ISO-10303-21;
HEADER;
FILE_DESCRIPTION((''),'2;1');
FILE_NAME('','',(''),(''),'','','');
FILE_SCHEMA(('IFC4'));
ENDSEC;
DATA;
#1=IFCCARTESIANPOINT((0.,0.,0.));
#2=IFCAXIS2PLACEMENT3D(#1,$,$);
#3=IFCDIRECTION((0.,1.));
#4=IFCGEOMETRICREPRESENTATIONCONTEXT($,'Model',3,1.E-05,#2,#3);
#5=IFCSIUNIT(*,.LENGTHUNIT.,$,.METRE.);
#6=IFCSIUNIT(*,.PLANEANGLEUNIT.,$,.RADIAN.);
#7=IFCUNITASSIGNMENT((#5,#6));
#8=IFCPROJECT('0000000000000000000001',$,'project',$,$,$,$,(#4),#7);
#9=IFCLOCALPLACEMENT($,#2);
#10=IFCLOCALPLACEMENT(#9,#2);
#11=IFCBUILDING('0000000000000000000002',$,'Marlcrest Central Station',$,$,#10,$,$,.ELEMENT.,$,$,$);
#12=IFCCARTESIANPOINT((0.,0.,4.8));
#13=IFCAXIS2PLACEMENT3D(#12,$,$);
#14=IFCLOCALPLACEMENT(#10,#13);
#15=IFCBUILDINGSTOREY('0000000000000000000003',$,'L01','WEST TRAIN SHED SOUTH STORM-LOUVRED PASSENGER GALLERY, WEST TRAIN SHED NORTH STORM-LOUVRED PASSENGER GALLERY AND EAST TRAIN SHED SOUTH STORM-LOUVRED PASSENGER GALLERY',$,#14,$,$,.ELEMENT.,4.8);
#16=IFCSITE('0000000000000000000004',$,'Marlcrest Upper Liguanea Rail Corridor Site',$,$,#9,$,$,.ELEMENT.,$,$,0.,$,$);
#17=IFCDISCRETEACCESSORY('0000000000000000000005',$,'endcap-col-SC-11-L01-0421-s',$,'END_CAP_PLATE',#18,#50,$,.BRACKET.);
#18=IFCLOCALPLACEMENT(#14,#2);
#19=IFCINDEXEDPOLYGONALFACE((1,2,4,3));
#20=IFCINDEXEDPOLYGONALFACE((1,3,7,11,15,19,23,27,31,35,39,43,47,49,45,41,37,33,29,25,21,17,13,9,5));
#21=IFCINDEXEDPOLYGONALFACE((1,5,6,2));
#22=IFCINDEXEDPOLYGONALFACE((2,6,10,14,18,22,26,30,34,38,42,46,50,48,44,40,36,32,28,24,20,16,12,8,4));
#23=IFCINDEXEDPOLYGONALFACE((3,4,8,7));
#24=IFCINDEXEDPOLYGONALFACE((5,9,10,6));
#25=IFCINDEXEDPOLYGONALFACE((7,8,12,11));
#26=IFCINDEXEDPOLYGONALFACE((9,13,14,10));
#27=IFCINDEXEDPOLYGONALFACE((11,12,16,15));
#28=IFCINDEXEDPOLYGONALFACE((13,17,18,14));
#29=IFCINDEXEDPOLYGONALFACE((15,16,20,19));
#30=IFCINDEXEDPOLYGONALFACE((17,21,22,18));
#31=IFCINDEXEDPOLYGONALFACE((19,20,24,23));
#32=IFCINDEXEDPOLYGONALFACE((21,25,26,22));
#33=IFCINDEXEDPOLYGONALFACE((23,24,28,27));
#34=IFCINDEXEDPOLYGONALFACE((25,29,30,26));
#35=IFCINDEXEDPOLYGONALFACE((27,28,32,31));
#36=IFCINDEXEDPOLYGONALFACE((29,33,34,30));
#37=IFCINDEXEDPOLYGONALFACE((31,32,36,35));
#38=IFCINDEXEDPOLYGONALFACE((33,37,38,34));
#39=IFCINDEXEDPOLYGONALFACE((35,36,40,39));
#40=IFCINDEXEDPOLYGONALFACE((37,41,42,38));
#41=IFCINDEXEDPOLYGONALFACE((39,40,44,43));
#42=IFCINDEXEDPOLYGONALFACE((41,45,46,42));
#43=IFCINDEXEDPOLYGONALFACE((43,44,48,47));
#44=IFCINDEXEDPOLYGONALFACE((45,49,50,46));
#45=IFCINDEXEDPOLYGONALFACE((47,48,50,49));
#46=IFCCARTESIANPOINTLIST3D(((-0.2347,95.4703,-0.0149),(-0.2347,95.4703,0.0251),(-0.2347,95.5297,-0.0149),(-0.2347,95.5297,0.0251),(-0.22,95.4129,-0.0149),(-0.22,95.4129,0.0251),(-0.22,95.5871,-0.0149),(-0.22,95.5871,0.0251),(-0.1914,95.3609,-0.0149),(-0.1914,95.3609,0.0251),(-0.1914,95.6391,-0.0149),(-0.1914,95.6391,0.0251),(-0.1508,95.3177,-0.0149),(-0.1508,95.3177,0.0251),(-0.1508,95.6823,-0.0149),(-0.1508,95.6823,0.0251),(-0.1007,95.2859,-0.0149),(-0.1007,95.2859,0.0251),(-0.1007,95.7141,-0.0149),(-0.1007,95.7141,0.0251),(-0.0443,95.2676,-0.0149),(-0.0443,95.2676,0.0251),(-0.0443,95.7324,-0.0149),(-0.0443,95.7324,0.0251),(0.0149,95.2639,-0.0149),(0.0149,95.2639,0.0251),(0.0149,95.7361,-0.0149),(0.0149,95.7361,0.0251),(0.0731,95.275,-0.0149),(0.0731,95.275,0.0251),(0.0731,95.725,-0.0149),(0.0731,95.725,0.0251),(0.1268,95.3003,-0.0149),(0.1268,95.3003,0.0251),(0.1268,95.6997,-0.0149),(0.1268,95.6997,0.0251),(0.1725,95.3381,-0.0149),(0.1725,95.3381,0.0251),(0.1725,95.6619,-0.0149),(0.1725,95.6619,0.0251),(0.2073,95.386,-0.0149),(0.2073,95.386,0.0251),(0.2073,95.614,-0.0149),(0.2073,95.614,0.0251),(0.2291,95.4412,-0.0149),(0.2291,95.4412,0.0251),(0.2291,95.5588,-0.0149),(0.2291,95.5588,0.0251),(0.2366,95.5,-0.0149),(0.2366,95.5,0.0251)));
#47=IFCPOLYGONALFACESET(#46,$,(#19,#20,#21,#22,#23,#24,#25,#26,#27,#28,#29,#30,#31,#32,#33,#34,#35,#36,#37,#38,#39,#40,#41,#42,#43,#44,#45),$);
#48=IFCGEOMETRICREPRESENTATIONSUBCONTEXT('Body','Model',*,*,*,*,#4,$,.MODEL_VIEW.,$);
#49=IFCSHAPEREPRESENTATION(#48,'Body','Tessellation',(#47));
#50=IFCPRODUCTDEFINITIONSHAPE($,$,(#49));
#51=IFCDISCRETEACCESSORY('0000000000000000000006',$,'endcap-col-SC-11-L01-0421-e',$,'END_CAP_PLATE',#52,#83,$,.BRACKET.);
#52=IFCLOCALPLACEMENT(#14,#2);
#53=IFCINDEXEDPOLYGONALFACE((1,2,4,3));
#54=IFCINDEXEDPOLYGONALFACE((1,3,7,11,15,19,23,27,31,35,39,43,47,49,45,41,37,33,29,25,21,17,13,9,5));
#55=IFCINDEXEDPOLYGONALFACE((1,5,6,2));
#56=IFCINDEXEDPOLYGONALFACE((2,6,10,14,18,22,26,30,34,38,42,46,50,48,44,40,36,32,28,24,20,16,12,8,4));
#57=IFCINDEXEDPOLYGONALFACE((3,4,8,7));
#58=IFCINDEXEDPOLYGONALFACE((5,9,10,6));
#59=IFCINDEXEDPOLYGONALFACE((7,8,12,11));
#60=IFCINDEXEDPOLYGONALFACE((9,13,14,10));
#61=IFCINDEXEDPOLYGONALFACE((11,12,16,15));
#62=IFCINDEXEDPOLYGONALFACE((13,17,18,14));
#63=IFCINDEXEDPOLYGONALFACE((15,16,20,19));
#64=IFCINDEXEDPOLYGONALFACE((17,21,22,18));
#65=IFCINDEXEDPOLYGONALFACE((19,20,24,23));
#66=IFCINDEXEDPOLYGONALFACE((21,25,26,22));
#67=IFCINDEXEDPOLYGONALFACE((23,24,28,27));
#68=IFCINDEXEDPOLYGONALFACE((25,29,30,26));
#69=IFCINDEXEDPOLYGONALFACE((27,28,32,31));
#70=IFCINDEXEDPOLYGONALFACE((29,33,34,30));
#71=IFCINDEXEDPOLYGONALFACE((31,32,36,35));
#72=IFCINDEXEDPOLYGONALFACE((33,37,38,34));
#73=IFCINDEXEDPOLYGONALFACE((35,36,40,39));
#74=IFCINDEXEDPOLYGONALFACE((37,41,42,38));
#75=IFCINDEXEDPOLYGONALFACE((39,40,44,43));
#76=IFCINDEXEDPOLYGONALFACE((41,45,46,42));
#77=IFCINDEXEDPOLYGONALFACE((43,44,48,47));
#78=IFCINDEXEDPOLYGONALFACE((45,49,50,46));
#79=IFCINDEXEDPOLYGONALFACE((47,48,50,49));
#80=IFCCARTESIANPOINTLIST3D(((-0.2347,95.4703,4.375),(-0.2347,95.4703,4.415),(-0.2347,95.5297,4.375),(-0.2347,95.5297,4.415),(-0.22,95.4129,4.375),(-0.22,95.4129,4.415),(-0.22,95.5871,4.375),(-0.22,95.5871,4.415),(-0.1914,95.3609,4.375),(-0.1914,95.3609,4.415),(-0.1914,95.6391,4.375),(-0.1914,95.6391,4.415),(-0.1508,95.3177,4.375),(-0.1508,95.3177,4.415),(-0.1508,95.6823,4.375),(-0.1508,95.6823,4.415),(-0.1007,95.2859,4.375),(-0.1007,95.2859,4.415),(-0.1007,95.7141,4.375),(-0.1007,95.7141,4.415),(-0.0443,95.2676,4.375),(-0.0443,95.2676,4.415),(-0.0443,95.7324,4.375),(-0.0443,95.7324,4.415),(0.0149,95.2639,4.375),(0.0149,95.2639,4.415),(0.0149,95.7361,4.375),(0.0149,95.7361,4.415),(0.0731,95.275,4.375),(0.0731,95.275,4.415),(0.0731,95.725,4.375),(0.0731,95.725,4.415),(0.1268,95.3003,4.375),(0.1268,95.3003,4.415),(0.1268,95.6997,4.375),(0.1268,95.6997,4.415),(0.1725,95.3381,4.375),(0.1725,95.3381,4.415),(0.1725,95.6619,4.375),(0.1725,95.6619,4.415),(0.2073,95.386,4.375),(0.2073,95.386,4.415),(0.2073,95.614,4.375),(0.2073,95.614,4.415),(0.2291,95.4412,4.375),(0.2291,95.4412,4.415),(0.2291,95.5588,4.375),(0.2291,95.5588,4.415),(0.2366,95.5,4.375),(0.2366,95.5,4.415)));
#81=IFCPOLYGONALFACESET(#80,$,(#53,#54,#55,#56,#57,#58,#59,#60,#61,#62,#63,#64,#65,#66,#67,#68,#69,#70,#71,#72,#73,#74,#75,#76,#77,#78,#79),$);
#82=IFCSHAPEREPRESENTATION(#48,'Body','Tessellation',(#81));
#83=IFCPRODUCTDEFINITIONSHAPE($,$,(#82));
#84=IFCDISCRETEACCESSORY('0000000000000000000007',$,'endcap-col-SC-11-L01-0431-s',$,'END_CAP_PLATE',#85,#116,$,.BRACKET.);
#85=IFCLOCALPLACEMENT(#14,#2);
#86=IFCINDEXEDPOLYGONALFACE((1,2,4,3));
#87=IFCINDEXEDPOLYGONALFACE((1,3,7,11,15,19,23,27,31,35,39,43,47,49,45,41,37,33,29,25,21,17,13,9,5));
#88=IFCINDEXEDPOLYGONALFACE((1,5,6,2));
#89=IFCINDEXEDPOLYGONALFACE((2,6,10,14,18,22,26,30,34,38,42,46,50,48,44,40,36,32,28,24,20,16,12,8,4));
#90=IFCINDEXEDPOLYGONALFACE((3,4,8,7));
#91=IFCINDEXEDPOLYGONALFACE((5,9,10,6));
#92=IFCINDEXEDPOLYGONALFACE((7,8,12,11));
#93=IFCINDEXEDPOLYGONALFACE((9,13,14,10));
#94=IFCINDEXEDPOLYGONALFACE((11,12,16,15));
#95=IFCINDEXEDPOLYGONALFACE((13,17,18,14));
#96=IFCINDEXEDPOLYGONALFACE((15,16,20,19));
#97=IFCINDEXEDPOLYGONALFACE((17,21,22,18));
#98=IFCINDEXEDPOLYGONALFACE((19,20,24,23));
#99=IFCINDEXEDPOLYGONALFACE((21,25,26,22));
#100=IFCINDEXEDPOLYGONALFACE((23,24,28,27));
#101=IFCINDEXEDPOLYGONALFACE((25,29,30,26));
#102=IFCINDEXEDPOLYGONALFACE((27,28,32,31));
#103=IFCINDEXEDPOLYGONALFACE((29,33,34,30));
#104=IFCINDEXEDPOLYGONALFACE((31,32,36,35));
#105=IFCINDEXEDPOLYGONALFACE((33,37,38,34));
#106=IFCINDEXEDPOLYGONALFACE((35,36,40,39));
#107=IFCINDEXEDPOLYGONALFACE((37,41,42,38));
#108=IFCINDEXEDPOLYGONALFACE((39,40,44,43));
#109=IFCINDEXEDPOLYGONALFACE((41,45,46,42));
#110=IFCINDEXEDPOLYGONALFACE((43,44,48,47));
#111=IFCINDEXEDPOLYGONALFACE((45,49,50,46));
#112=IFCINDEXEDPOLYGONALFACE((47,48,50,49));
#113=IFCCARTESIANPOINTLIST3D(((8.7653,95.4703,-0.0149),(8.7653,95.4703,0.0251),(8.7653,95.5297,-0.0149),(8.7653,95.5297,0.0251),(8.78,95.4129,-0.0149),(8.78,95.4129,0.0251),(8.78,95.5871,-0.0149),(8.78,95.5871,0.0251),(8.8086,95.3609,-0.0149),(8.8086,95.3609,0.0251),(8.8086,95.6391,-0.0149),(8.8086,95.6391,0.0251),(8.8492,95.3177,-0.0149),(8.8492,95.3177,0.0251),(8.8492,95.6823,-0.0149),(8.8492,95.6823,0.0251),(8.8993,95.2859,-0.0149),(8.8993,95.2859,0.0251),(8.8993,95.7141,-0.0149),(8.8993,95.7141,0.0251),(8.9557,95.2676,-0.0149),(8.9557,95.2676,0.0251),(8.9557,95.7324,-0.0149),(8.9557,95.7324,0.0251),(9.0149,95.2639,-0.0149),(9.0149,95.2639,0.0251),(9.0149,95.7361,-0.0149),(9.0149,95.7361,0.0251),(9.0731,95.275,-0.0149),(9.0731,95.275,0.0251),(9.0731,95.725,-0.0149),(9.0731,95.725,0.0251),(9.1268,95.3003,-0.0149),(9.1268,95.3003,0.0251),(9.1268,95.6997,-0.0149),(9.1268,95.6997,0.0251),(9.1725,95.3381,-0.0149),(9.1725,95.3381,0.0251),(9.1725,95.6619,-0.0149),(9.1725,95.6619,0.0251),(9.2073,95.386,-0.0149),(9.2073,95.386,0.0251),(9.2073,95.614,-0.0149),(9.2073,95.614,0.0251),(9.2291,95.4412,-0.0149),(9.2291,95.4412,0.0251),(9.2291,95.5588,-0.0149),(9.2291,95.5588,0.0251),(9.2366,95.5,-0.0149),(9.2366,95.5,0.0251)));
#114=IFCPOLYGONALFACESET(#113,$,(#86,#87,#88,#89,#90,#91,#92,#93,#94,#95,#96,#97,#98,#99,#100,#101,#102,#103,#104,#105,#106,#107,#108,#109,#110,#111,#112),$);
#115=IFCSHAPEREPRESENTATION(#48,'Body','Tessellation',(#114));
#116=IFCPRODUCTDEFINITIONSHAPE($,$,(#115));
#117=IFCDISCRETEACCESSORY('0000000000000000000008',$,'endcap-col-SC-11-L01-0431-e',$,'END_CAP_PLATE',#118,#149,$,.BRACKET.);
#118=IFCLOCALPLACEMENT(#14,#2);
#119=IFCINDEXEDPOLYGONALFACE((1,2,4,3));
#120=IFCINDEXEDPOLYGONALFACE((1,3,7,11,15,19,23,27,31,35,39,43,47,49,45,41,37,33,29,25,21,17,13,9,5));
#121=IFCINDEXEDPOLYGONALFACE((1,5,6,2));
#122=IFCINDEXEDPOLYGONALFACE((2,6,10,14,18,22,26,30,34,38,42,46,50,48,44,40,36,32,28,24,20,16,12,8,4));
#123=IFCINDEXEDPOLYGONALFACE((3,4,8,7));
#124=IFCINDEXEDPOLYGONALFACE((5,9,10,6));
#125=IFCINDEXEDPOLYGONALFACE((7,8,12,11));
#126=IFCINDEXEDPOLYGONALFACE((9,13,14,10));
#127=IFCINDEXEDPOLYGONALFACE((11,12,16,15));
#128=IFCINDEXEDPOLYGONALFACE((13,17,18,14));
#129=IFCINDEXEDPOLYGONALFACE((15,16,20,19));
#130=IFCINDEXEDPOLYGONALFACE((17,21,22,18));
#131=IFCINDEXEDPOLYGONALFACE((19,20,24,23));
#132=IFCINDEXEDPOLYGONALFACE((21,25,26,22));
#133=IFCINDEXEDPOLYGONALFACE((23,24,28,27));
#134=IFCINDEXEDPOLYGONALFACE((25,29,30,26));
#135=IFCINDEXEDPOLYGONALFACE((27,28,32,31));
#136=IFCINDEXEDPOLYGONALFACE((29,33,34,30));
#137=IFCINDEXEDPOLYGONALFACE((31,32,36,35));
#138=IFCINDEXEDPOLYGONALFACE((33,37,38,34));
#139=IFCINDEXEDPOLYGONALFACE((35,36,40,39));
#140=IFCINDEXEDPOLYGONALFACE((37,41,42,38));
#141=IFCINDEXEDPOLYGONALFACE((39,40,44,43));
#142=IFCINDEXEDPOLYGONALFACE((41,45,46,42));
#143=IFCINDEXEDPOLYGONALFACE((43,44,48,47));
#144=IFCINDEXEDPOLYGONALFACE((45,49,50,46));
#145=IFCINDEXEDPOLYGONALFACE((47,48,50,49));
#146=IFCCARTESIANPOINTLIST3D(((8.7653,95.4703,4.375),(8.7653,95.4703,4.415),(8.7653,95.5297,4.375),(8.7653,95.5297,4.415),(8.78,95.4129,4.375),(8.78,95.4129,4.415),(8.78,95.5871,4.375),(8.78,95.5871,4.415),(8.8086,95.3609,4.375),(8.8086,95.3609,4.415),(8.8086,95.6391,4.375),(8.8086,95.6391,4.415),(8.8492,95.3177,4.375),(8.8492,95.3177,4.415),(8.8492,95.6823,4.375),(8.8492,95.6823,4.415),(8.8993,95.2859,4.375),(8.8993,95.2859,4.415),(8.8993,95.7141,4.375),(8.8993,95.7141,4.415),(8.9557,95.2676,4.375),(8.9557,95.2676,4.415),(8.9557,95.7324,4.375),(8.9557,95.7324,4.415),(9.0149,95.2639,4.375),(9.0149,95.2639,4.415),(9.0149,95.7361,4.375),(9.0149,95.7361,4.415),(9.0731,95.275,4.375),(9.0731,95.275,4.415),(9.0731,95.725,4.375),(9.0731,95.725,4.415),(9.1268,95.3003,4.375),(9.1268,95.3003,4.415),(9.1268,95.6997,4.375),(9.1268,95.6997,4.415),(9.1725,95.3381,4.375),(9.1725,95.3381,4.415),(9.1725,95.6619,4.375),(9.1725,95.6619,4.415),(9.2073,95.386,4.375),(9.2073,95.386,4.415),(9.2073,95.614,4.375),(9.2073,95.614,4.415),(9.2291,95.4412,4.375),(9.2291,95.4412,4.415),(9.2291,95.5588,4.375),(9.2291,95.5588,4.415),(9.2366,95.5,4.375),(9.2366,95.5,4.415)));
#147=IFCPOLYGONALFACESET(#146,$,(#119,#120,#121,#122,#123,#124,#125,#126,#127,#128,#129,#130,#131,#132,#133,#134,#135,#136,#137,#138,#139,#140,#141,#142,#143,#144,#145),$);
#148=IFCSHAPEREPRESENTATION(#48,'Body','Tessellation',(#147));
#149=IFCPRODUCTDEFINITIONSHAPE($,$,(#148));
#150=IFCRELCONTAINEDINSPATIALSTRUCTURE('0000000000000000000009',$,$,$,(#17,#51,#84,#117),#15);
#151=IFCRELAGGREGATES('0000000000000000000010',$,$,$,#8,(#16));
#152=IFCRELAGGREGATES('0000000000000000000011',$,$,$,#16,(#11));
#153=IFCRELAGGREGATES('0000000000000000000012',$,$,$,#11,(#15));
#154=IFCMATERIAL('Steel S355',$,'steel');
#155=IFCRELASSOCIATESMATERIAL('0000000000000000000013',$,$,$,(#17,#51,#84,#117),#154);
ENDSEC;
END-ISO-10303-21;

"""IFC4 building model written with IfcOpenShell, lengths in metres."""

from ifc_helpers import new_model, si_unit, direction, frame, origin, origin_2d, place, context, subcontext, project, spatial, circle, extrude, material, element, save


model = new_model("IFC4")

# Units and contexts
model_context = context("Model", 3, precision=1e-05, world=origin(), true_north=direction((0.0, 1.0)))
body_context = subcontext(model_context, "Body", "Model", "MODEL_VIEW")
ifc_project = project(units=[si_unit("LENGTHUNIT", "METRE"), si_unit("PLANEANGLEUNIT", "RADIAN")], contexts=[model_context])

# Site, building, storey
site_placement = place(None, origin())
site = spatial("IfcSite", under=ifc_project, at=site_placement, Name="Marlcrest Upper Liguanea Rail Corridor Site", CompositionType="ELEMENT", RefElevation=0.0)
building_placement = place(site_placement, origin())
building = spatial("IfcBuilding", under=site, at=building_placement, Name="Marlcrest Central Station", CompositionType="ELEMENT")
storey_placement = place(building_placement, frame((0.0, 0.0, 4.8)))
storey = spatial("IfcBuildingStorey", under=building, at=storey_placement, Name="L01", Description="WEST TRAIN SHED SOUTH STORM-LOUVRED PASSENGER GALLERY, WEST TRAIN SHED NORTH STORM-LOUVRED PASSENGER GALLERY AND EAST TRAIN SHED SOUTH STORM-LOUVRED PASSENGER GALLERY", CompositionType="ELEMENT", Elevation=4.8)

# Shared definitions
ifc_material_1 = material(Name="Steel S355", Category="steel")

# Discrete accessories
for number, where, z_axis, x_axis, name in (
    (1, (0.0, 95.5, -0.0149), (0.0, 0.0, 1.0), (1.0, 0.0, 0.0), "endcap-col-SC-11-L01-0421-s"),
    (2, (0.0, 95.5, 4.375), (0.0, 0.0, 1.0), (1.0, 0.0, 0.0), "endcap-col-SC-11-L01-0421-e"),
    (3, (9.0, 95.5, -0.0149), (0.0, 0.0, 1.0), (1.0, 0.0, 0.0), "endcap-col-SC-11-L01-0431-s"),
    (4, (9.0, 95.5, 4.375), (0.0, 0.0, 1.0), (1.0, 0.0, 0.0), "endcap-col-SC-11-L01-0431-e"),
):
    element("IfcDiscreteAccessory", number, at=place(storey_placement, frame(where, z_axis=z_axis, x_axis=x_axis)), inside=storey, material=ifc_material_1, Name=name, ObjectType="END_CAP_PLATE", PredefinedType="BRACKET", context=body_context, shape_type="SweptSolid", body=[
        extrude(circle(Radius=0.2366, at=origin_2d()), origin(), (0.0, 0.0, 1.0), 0.04),
    ])

save(model, "model.ifc")
